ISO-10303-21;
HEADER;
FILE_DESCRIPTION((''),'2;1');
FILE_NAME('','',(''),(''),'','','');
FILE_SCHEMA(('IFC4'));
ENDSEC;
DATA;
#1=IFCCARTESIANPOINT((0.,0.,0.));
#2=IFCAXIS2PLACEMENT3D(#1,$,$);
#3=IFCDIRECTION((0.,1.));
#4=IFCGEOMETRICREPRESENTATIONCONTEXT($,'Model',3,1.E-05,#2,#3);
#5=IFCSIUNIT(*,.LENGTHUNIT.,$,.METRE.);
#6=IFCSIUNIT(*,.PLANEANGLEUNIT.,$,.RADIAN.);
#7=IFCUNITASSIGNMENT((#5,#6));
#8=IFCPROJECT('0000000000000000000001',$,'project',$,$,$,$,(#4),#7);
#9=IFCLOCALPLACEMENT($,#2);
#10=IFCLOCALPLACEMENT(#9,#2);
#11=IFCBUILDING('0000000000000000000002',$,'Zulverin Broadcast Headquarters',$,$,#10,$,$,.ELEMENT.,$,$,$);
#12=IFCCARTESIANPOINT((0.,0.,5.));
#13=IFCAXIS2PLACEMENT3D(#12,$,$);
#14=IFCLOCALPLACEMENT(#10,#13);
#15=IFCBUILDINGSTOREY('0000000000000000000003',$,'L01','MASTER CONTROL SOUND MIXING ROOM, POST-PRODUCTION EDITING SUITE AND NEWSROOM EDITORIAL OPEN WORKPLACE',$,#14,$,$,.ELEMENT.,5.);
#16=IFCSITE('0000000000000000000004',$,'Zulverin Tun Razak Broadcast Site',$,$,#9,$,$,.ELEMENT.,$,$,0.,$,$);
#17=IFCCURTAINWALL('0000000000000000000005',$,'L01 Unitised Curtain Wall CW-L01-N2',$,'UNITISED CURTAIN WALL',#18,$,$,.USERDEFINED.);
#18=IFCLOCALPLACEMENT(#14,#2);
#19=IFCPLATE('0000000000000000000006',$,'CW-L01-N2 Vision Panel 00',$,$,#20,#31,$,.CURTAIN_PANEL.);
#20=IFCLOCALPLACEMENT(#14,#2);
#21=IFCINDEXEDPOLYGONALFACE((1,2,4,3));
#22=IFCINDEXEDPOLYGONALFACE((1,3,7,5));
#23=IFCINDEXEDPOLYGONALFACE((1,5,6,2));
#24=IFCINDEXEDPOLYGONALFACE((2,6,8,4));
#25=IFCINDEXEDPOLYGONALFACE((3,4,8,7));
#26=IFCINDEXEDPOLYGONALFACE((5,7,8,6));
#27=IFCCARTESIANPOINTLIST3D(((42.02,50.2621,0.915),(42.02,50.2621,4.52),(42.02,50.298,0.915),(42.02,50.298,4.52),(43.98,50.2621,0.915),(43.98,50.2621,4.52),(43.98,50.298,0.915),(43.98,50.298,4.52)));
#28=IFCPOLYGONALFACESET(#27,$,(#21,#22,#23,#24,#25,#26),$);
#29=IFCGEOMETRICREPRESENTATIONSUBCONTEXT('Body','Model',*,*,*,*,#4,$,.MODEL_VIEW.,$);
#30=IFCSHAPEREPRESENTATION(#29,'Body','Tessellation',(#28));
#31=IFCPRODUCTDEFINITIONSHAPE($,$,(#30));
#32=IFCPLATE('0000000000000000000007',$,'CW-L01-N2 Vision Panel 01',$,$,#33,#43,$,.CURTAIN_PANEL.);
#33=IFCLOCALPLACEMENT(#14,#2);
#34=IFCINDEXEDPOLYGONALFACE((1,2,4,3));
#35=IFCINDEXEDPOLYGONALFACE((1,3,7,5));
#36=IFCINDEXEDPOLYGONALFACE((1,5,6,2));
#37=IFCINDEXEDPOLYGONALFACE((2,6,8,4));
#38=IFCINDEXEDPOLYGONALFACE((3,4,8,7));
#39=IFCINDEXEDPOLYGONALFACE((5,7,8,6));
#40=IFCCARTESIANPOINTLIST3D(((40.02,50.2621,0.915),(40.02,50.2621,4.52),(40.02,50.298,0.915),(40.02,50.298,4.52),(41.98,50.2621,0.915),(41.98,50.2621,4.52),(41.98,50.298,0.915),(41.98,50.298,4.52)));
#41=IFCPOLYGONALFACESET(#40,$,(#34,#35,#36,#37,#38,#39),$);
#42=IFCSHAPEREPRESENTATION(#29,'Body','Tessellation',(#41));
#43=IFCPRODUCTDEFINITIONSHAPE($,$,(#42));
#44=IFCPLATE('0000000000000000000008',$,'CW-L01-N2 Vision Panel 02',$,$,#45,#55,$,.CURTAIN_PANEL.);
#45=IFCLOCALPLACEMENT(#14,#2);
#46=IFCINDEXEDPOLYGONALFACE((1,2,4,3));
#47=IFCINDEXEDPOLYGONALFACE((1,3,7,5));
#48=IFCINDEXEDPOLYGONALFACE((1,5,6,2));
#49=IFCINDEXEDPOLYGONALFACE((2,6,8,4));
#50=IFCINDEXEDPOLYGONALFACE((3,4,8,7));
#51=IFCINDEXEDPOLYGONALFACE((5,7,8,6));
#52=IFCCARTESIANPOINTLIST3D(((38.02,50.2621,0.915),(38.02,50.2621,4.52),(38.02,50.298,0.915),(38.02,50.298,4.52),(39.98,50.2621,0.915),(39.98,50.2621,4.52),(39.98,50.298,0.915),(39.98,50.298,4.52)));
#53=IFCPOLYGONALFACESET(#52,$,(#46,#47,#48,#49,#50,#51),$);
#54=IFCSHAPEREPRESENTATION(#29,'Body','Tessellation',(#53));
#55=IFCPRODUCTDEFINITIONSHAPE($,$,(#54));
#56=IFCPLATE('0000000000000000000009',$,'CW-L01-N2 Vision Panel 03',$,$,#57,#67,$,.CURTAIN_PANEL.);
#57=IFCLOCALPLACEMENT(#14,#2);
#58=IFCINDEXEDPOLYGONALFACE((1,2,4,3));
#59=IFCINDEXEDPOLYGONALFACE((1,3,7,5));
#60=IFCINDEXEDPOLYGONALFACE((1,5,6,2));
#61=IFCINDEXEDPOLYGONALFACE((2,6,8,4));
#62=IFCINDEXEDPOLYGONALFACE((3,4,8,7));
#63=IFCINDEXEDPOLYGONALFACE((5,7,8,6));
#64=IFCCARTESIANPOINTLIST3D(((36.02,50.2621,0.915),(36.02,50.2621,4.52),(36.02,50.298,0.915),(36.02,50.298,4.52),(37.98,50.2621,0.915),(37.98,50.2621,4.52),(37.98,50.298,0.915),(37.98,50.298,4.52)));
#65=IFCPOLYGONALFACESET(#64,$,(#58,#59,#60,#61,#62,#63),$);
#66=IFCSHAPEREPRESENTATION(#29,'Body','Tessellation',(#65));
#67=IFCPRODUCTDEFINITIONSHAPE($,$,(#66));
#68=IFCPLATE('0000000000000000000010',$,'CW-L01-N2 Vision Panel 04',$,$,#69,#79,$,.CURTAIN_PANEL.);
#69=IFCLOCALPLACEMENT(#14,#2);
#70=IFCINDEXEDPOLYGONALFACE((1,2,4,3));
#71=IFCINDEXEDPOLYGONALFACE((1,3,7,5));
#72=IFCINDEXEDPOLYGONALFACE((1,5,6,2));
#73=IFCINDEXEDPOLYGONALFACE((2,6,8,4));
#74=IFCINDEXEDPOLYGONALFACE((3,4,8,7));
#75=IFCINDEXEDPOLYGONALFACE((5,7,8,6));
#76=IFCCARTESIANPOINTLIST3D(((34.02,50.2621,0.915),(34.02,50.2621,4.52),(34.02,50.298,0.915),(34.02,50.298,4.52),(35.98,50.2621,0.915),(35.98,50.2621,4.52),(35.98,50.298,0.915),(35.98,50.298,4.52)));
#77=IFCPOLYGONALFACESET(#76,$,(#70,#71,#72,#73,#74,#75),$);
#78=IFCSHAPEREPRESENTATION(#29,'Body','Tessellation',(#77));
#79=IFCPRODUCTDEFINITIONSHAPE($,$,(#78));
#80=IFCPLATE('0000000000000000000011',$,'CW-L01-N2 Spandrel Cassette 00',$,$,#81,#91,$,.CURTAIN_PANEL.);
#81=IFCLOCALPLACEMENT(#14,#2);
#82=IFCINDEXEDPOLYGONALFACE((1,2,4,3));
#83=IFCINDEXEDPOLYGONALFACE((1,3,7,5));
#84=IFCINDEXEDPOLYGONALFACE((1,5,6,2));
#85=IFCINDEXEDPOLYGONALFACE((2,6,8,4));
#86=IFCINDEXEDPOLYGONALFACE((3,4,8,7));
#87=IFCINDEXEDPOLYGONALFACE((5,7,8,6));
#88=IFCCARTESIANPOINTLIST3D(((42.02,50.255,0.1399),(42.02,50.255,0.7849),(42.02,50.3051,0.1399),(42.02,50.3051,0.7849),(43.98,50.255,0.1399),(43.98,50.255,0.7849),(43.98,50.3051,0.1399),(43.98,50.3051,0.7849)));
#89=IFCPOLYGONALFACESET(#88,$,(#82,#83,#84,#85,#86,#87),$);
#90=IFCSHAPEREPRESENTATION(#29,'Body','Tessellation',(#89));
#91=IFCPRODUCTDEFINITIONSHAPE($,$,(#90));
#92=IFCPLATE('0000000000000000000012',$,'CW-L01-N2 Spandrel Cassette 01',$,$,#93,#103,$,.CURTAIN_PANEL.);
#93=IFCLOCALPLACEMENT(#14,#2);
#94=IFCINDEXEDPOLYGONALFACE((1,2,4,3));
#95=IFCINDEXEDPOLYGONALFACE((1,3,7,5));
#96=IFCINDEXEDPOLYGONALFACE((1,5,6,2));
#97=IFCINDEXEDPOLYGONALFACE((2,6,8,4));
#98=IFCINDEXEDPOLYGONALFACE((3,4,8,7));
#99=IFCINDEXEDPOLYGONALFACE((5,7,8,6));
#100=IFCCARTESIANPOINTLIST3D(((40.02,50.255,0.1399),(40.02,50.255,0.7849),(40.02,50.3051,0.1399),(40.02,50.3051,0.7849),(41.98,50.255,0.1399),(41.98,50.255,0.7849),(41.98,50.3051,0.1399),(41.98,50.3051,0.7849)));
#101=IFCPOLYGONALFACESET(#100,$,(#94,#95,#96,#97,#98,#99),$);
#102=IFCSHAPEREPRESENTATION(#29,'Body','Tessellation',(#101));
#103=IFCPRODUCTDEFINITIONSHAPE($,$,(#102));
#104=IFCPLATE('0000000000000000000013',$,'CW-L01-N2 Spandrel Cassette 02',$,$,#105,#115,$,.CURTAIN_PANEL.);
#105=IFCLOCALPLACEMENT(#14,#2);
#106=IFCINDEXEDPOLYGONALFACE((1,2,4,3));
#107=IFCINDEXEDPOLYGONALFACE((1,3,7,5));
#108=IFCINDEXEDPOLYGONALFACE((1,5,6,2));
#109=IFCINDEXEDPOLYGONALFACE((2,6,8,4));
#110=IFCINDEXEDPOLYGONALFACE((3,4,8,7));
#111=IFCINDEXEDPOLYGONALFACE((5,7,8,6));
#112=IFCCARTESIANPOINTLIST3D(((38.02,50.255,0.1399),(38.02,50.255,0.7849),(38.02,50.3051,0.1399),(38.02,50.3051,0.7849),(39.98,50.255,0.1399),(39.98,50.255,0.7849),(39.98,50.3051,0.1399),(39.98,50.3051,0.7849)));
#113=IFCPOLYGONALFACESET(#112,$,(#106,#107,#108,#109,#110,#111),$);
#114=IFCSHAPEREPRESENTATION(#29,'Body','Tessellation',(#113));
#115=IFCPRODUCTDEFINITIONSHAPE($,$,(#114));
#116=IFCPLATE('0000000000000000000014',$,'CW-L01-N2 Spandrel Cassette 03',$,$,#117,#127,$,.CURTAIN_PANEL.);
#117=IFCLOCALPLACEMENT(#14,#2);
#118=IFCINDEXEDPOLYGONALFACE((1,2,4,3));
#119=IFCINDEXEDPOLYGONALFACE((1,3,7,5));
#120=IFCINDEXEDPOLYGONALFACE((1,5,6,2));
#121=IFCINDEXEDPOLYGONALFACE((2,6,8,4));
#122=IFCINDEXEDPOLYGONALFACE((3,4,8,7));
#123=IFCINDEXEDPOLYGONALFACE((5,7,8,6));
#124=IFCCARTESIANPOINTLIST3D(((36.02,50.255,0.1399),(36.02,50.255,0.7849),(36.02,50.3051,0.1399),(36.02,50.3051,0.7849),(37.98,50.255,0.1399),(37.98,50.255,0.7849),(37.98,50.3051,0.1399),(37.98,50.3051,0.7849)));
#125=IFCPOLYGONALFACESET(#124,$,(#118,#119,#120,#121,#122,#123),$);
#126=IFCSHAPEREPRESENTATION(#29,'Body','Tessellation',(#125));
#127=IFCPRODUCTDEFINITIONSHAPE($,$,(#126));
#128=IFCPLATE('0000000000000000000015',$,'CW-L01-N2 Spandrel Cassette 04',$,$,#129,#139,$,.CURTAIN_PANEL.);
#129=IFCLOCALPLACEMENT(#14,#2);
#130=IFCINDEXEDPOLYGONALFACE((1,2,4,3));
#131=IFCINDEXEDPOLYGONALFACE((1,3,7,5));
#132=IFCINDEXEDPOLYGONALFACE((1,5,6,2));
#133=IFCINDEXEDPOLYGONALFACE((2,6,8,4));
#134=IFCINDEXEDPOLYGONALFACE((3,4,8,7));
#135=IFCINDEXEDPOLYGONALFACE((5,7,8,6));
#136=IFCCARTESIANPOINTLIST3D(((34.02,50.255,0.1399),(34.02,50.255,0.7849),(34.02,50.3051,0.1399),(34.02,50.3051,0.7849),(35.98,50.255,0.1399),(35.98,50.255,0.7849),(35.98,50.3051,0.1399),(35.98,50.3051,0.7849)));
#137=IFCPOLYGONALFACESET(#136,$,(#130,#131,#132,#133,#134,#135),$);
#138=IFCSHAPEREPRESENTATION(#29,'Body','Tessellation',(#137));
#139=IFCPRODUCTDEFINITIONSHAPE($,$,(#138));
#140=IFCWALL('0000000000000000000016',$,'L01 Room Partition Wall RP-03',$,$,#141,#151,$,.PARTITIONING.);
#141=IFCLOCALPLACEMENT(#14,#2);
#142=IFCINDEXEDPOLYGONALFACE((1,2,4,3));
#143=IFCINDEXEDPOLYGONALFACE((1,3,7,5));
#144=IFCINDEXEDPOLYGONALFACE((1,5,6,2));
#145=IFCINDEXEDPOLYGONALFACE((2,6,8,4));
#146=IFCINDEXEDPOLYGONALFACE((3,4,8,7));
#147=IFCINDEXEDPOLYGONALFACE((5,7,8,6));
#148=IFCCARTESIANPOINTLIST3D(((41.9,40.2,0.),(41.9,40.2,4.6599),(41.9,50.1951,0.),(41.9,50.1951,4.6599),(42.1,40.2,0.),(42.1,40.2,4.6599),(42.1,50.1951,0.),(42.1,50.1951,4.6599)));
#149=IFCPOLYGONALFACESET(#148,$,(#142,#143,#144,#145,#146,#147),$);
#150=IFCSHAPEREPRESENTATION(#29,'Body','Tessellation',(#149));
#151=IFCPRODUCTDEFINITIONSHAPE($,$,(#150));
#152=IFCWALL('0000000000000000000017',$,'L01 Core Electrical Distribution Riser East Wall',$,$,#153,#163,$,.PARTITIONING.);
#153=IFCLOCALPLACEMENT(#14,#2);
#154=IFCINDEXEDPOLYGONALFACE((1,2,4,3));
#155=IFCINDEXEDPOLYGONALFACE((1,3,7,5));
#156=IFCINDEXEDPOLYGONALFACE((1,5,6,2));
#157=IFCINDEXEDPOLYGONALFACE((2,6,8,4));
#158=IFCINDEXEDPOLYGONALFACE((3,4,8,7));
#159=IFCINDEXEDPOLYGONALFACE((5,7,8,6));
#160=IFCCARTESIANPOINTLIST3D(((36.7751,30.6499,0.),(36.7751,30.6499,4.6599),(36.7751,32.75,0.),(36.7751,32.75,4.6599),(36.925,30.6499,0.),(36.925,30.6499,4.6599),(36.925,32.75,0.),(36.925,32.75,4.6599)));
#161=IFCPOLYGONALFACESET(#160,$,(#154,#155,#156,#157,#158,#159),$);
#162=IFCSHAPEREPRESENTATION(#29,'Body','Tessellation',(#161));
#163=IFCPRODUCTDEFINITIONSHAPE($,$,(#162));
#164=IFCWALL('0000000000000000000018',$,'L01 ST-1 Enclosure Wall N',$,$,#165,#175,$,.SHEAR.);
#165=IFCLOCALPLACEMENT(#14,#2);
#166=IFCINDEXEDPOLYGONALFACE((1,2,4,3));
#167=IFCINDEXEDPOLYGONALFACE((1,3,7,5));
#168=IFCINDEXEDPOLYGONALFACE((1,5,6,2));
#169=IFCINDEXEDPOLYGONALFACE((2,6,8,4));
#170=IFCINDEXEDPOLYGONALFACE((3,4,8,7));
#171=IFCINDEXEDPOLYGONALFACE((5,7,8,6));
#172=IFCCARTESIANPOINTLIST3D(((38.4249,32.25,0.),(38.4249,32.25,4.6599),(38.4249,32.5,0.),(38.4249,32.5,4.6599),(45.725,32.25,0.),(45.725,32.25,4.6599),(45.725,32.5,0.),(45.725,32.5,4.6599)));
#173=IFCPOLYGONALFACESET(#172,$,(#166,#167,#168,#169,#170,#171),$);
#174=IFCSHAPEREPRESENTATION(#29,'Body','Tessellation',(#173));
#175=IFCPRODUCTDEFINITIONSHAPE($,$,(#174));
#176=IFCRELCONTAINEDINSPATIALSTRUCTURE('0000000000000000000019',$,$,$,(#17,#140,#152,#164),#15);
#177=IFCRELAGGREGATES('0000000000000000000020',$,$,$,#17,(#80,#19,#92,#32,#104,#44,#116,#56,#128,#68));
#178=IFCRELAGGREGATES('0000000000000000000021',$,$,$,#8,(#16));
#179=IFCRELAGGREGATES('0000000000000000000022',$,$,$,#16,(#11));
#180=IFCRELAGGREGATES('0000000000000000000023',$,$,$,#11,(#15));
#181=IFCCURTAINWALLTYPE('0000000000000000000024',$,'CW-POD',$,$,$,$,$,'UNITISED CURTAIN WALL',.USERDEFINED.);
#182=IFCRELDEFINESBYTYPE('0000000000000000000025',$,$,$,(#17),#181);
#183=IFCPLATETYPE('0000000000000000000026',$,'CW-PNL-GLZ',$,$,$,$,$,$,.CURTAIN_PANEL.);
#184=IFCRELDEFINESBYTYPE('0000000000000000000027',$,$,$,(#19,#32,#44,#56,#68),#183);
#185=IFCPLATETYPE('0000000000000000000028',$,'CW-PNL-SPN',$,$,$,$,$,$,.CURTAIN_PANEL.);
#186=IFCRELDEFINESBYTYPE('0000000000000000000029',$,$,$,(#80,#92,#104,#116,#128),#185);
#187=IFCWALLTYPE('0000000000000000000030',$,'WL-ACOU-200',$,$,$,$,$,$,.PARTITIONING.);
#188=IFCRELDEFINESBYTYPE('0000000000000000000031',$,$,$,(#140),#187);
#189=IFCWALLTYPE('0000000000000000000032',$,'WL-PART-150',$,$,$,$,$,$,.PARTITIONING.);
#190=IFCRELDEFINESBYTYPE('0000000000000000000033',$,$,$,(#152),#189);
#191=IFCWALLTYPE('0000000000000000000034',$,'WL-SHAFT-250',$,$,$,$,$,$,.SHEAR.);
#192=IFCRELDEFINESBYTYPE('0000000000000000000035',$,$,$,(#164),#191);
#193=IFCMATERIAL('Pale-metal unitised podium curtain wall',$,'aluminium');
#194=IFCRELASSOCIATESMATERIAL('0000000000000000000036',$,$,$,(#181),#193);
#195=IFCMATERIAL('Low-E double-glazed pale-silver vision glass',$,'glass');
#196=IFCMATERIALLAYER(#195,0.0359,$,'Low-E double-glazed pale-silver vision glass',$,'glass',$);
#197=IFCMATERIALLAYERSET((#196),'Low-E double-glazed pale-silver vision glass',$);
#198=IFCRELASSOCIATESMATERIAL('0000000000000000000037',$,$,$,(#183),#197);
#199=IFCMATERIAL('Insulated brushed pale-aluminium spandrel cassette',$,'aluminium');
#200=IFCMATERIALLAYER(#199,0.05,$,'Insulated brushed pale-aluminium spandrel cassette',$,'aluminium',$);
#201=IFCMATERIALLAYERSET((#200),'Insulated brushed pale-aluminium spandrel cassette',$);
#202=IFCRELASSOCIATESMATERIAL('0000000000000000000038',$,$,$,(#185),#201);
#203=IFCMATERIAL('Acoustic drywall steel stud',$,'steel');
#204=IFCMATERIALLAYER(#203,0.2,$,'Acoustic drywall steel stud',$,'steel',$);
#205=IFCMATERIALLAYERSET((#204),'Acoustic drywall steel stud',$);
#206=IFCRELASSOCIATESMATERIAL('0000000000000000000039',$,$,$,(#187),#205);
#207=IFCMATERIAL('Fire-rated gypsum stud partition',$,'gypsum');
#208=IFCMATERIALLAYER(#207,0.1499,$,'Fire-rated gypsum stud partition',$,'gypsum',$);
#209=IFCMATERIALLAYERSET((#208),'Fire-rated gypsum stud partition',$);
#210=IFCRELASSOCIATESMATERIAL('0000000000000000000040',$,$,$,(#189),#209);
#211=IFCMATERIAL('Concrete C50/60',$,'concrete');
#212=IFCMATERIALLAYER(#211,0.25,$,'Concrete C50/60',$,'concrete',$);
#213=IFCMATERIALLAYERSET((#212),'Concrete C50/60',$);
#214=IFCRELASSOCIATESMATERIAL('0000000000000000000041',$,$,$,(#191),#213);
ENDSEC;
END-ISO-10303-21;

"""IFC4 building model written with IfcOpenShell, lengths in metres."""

from ifc_helpers import new_model, si_unit, direction, frame, frame_2d, origin, origin_2d, place, context, subcontext, project, spatial, rectangle, extrude, material, layer, layer_set, type_object, element, aggregate, save


model = new_model("IFC4")

# Units and contexts
model_context = context("Model", 3, precision=1e-05, world=origin(), true_north=direction((0.0, 1.0)))
body_context = subcontext(model_context, "Body", "Model", "MODEL_VIEW")
ifc_project = project(units=[si_unit("LENGTHUNIT", "METRE"), si_unit("PLANEANGLEUNIT", "RADIAN")], contexts=[model_context])

# Site, building, storey
site_placement = place(None, origin())
site = spatial("IfcSite", under=ifc_project, at=site_placement, Name="Zulverin Tun Razak Broadcast Site", CompositionType="ELEMENT", RefElevation=0.0)
building_placement = place(site_placement, origin())
building = spatial("IfcBuilding", under=site, at=building_placement, Name="Zulverin Broadcast Headquarters", CompositionType="ELEMENT")
storey_placement = place(building_placement, frame((0.0, 0.0, 5.0)))
storey = spatial("IfcBuildingStorey", under=building, at=storey_placement, Name="L01", Description="MASTER CONTROL SOUND MIXING ROOM, POST-PRODUCTION EDITING SUITE AND NEWSROOM EDITORIAL OPEN WORKPLACE", CompositionType="ELEMENT", Elevation=5.0)

# Curtain wall, plates
ifc_material_1 = material(Name="Pale-metal unitised podium curtain wall", Category="aluminium")
curtain_wall_type = type_object("IfcCurtainWallType", Name="CW-POD", ElementType="UNITISED CURTAIN WALL", PredefinedType="USERDEFINED", material=ifc_material_1)
curtain_wall_placement = place(storey_placement, origin())
curtain_wall = element("IfcCurtainWall", 1, at=curtain_wall_placement, inside=storey, type_object=curtain_wall_type, Name="L01 Unitised Curtain Wall CW-L01-N2", ObjectType="UNITISED CURTAIN WALL", PredefinedType="USERDEFINED")
ifc_material_2 = material(Name="Low-E double-glazed pale-silver vision glass", Category="glass")
ifc_layer_1 = layer(ifc_material_2, 0.0359, Name="Low-E double-glazed pale-silver vision glass", Category="glass")
ifc_layer_set_1 = layer_set([ifc_layer_1], Name="Low-E double-glazed pale-silver vision glass")
plate_type_1 = type_object("IfcPlateType", Name="CW-PNL-GLZ", PredefinedType="CURTAIN_PANEL", material=ifc_layer_set_1)
plate_1_placement = place(storey_placement, frame((43.0, 50.28, 0.915), z_axis=(0.0, 0.0, 1.0), x_axis=(-1.0, 0.0, 0.0)))
plate_1 = element("IfcPlate", 2, at=plate_1_placement, type_object=plate_type_1, Name="CW-L01-N2 Vision Panel 00", PredefinedType="CURTAIN_PANEL", context=body_context, shape_type="SweptSolid", body=[
    extrude(rectangle(XDim=1.96, YDim=0.0359, at=origin_2d()), origin(), (0.0, 0.0, 1.0), 3.605),
])
plate_2_placement = place(storey_placement, frame((41.0, 50.28, 0.915), z_axis=(0.0, 0.0, 1.0), x_axis=(-1.0, 0.0, 0.0)))
plate_2 = element("IfcPlate", 3, at=plate_2_placement, type_object=plate_type_1, Name="CW-L01-N2 Vision Panel 01", PredefinedType="CURTAIN_PANEL", context=body_context, shape_type="SweptSolid", body=[
    extrude(rectangle(XDim=1.96, YDim=0.0359, at=origin_2d()), origin(), (0.0, 0.0, 1.0), 3.605),
])
plate_3_placement = place(storey_placement, frame((39.0, 50.28, 0.915), z_axis=(0.0, 0.0, 1.0), x_axis=(-1.0, 0.0, 0.0)))
plate_3 = element("IfcPlate", 4, at=plate_3_placement, type_object=plate_type_1, Name="CW-L01-N2 Vision Panel 02", PredefinedType="CURTAIN_PANEL", context=body_context, shape_type="SweptSolid", body=[
    extrude(rectangle(XDim=1.96, YDim=0.0359, at=origin_2d()), origin(), (0.0, 0.0, 1.0), 3.605),
])
plate_4_placement = place(storey_placement, frame((37.0, 50.28, 0.915), z_axis=(0.0, 0.0, 1.0), x_axis=(-1.0, 0.0, 0.0)))
plate_4 = element("IfcPlate", 5, at=plate_4_placement, type_object=plate_type_1, Name="CW-L01-N2 Vision Panel 03", PredefinedType="CURTAIN_PANEL", context=body_context, shape_type="SweptSolid", body=[
    extrude(rectangle(XDim=1.96, YDim=0.0359, at=origin_2d()), origin(), (0.0, 0.0, 1.0), 3.605),
])
plate_5_placement = place(storey_placement, frame((35.0, 50.28, 0.915), z_axis=(0.0, 0.0, 1.0), x_axis=(-1.0, 0.0, 0.0)))
plate_5 = element("IfcPlate", 6, at=plate_5_placement, type_object=plate_type_1, Name="CW-L01-N2 Vision Panel 04", PredefinedType="CURTAIN_PANEL", context=body_context, shape_type="SweptSolid", body=[
    extrude(rectangle(XDim=1.96, YDim=0.0359, at=origin_2d()), origin(), (0.0, 0.0, 1.0), 3.605),
])
ifc_material_3 = material(Name="Insulated brushed pale-aluminium spandrel cassette", Category="aluminium")
ifc_layer_2 = layer(ifc_material_3, 0.05, Name="Insulated brushed pale-aluminium spandrel cassette", Category="aluminium")
ifc_layer_set_2 = layer_set([ifc_layer_2], Name="Insulated brushed pale-aluminium spandrel cassette")
plate_type_2 = type_object("IfcPlateType", Name="CW-PNL-SPN", PredefinedType="CURTAIN_PANEL", material=ifc_layer_set_2)
plate_6_placement = place(storey_placement, frame((43.0, 50.28, 0.1399), z_axis=(0.0, 0.0, 1.0), x_axis=(-1.0, 0.0, 0.0)))
plate_6 = element("IfcPlate", 7, at=plate_6_placement, type_object=plate_type_2, Name="CW-L01-N2 Spandrel Cassette 00", PredefinedType="CURTAIN_PANEL", context=body_context, shape_type="SweptSolid", body=[
    extrude(rectangle(XDim=1.96, YDim=0.05, at=origin_2d()), origin(), (0.0, 0.0, 1.0), 0.645),
])
plate_7_placement = place(storey_placement, frame((41.0, 50.28, 0.1399), z_axis=(0.0, 0.0, 1.0), x_axis=(-1.0, 0.0, 0.0)))
plate_7 = element("IfcPlate", 8, at=plate_7_placement, type_object=plate_type_2, Name="CW-L01-N2 Spandrel Cassette 01", PredefinedType="CURTAIN_PANEL", context=body_context, shape_type="SweptSolid", body=[
    extrude(rectangle(XDim=1.96, YDim=0.05, at=origin_2d()), origin(), (0.0, 0.0, 1.0), 0.645),
])
plate_8_placement = place(storey_placement, frame((39.0, 50.28, 0.1399), z_axis=(0.0, 0.0, 1.0), x_axis=(-1.0, 0.0, 0.0)))
plate_8 = element("IfcPlate", 9, at=plate_8_placement, type_object=plate_type_2, Name="CW-L01-N2 Spandrel Cassette 02", PredefinedType="CURTAIN_PANEL", context=body_context, shape_type="SweptSolid", body=[
    extrude(rectangle(XDim=1.96, YDim=0.05, at=origin_2d()), origin(), (0.0, 0.0, 1.0), 0.645),
])
plate_9_placement = place(storey_placement, frame((37.0, 50.28, 0.1399), z_axis=(0.0, 0.0, 1.0), x_axis=(-1.0, 0.0, 0.0)))
plate_9 = element("IfcPlate", 10, at=plate_9_placement, type_object=plate_type_2, Name="CW-L01-N2 Spandrel Cassette 03", PredefinedType="CURTAIN_PANEL", context=body_context, shape_type="SweptSolid", body=[
    extrude(rectangle(XDim=1.96, YDim=0.05, at=origin_2d()), origin(), (0.0, 0.0, 1.0), 0.645),
])
plate_10_placement = place(storey_placement, frame((35.0, 50.28, 0.1399), z_axis=(0.0, 0.0, 1.0), x_axis=(-1.0, 0.0, 0.0)))
plate_10 = element("IfcPlate", 11, at=plate_10_placement, type_object=plate_type_2, Name="CW-L01-N2 Spandrel Cassette 04", PredefinedType="CURTAIN_PANEL", context=body_context, shape_type="SweptSolid", body=[
    extrude(rectangle(XDim=1.96, YDim=0.05, at=origin_2d()), origin(), (0.0, 0.0, 1.0), 0.645),
])
aggregate(curtain_wall, [plate_6, plate_1, plate_7, plate_2, plate_8, plate_3, plate_9, plate_4, plate_10, plate_5])

# Walls
ifc_material_4 = material(Name="Acoustic drywall steel stud", Category="steel")
ifc_layer_3 = layer(ifc_material_4, 0.2, Name="Acoustic drywall steel stud", Category="steel")
ifc_layer_set_3 = layer_set([ifc_layer_3], Name="Acoustic drywall steel stud")
wall_type_1 = type_object("IfcWallType", Name="WL-ACOU-200", PredefinedType="PARTITIONING", material=ifc_layer_set_3)
wall_1_placement = place(storey_placement, frame((42.0, 40.2, 0.0), z_axis=(0.0, 0.0, 1.0), x_axis=(0.0, 1.0, 0.0)))
element("IfcWall", 12, at=wall_1_placement, inside=storey, type_object=wall_type_1, Name="L01 Room Partition Wall RP-03", PredefinedType="PARTITIONING", context=body_context, shape_type="SweptSolid", body=[
    extrude(rectangle(XDim=9.9951, YDim=0.2, at=frame_2d((4.9976, 0.0))), origin(), (0.0, 0.0, 1.0), 4.6599),
])
ifc_material_5 = material(Name="Fire-rated gypsum stud partition", Category="gypsum")
ifc_layer_4 = layer(ifc_material_5, 0.1499, Name="Fire-rated gypsum stud partition", Category="gypsum")
ifc_layer_set_4 = layer_set([ifc_layer_4], Name="Fire-rated gypsum stud partition")
wall_type_2 = type_object("IfcWallType", Name="WL-PART-150", PredefinedType="PARTITIONING", material=ifc_layer_set_4)
wall_2_placement = place(storey_placement, frame((36.8501, 30.6499, 0.0), z_axis=(0.0, 0.0, 1.0), x_axis=(0.0, 1.0, 0.0)))
element("IfcWall", 13, at=wall_2_placement, inside=storey, type_object=wall_type_2, Name="L01 Core Electrical Distribution Riser East Wall", PredefinedType="PARTITIONING", context=body_context, shape_type="SweptSolid", body=[
    extrude(rectangle(XDim=2.1001, YDim=0.1499, at=frame_2d((1.05, 0.0))), origin(), (0.0, 0.0, 1.0), 4.6599),
])
ifc_material_6 = material(Name="Concrete C50/60", Category="concrete")
ifc_layer_5 = layer(ifc_material_6, 0.25, Name="Concrete C50/60", Category="concrete")
ifc_layer_set_5 = layer_set([ifc_layer_5], Name="Concrete C50/60")
wall_type_3 = type_object("IfcWallType", Name="WL-SHAFT-250", PredefinedType="SHEAR", material=ifc_layer_set_5)
wall_3_placement = place(storey_placement, frame((38.425, 32.375, 0.0), z_axis=(0.0, 0.0, 1.0), x_axis=(1.0, 0.0, 0.0)))
element("IfcWall", 14, at=wall_3_placement, inside=storey, type_object=wall_type_3, Name="L01 ST-1 Enclosure Wall N", PredefinedType="SHEAR", context=body_context, shape_type="SweptSolid", body=[
    extrude(rectangle(XDim=7.3, YDim=0.25, at=frame_2d((3.6499, 0.0))), origin(), (0.0, 0.0, 1.0), 4.6599),
])

save(model, "model.ifc")
